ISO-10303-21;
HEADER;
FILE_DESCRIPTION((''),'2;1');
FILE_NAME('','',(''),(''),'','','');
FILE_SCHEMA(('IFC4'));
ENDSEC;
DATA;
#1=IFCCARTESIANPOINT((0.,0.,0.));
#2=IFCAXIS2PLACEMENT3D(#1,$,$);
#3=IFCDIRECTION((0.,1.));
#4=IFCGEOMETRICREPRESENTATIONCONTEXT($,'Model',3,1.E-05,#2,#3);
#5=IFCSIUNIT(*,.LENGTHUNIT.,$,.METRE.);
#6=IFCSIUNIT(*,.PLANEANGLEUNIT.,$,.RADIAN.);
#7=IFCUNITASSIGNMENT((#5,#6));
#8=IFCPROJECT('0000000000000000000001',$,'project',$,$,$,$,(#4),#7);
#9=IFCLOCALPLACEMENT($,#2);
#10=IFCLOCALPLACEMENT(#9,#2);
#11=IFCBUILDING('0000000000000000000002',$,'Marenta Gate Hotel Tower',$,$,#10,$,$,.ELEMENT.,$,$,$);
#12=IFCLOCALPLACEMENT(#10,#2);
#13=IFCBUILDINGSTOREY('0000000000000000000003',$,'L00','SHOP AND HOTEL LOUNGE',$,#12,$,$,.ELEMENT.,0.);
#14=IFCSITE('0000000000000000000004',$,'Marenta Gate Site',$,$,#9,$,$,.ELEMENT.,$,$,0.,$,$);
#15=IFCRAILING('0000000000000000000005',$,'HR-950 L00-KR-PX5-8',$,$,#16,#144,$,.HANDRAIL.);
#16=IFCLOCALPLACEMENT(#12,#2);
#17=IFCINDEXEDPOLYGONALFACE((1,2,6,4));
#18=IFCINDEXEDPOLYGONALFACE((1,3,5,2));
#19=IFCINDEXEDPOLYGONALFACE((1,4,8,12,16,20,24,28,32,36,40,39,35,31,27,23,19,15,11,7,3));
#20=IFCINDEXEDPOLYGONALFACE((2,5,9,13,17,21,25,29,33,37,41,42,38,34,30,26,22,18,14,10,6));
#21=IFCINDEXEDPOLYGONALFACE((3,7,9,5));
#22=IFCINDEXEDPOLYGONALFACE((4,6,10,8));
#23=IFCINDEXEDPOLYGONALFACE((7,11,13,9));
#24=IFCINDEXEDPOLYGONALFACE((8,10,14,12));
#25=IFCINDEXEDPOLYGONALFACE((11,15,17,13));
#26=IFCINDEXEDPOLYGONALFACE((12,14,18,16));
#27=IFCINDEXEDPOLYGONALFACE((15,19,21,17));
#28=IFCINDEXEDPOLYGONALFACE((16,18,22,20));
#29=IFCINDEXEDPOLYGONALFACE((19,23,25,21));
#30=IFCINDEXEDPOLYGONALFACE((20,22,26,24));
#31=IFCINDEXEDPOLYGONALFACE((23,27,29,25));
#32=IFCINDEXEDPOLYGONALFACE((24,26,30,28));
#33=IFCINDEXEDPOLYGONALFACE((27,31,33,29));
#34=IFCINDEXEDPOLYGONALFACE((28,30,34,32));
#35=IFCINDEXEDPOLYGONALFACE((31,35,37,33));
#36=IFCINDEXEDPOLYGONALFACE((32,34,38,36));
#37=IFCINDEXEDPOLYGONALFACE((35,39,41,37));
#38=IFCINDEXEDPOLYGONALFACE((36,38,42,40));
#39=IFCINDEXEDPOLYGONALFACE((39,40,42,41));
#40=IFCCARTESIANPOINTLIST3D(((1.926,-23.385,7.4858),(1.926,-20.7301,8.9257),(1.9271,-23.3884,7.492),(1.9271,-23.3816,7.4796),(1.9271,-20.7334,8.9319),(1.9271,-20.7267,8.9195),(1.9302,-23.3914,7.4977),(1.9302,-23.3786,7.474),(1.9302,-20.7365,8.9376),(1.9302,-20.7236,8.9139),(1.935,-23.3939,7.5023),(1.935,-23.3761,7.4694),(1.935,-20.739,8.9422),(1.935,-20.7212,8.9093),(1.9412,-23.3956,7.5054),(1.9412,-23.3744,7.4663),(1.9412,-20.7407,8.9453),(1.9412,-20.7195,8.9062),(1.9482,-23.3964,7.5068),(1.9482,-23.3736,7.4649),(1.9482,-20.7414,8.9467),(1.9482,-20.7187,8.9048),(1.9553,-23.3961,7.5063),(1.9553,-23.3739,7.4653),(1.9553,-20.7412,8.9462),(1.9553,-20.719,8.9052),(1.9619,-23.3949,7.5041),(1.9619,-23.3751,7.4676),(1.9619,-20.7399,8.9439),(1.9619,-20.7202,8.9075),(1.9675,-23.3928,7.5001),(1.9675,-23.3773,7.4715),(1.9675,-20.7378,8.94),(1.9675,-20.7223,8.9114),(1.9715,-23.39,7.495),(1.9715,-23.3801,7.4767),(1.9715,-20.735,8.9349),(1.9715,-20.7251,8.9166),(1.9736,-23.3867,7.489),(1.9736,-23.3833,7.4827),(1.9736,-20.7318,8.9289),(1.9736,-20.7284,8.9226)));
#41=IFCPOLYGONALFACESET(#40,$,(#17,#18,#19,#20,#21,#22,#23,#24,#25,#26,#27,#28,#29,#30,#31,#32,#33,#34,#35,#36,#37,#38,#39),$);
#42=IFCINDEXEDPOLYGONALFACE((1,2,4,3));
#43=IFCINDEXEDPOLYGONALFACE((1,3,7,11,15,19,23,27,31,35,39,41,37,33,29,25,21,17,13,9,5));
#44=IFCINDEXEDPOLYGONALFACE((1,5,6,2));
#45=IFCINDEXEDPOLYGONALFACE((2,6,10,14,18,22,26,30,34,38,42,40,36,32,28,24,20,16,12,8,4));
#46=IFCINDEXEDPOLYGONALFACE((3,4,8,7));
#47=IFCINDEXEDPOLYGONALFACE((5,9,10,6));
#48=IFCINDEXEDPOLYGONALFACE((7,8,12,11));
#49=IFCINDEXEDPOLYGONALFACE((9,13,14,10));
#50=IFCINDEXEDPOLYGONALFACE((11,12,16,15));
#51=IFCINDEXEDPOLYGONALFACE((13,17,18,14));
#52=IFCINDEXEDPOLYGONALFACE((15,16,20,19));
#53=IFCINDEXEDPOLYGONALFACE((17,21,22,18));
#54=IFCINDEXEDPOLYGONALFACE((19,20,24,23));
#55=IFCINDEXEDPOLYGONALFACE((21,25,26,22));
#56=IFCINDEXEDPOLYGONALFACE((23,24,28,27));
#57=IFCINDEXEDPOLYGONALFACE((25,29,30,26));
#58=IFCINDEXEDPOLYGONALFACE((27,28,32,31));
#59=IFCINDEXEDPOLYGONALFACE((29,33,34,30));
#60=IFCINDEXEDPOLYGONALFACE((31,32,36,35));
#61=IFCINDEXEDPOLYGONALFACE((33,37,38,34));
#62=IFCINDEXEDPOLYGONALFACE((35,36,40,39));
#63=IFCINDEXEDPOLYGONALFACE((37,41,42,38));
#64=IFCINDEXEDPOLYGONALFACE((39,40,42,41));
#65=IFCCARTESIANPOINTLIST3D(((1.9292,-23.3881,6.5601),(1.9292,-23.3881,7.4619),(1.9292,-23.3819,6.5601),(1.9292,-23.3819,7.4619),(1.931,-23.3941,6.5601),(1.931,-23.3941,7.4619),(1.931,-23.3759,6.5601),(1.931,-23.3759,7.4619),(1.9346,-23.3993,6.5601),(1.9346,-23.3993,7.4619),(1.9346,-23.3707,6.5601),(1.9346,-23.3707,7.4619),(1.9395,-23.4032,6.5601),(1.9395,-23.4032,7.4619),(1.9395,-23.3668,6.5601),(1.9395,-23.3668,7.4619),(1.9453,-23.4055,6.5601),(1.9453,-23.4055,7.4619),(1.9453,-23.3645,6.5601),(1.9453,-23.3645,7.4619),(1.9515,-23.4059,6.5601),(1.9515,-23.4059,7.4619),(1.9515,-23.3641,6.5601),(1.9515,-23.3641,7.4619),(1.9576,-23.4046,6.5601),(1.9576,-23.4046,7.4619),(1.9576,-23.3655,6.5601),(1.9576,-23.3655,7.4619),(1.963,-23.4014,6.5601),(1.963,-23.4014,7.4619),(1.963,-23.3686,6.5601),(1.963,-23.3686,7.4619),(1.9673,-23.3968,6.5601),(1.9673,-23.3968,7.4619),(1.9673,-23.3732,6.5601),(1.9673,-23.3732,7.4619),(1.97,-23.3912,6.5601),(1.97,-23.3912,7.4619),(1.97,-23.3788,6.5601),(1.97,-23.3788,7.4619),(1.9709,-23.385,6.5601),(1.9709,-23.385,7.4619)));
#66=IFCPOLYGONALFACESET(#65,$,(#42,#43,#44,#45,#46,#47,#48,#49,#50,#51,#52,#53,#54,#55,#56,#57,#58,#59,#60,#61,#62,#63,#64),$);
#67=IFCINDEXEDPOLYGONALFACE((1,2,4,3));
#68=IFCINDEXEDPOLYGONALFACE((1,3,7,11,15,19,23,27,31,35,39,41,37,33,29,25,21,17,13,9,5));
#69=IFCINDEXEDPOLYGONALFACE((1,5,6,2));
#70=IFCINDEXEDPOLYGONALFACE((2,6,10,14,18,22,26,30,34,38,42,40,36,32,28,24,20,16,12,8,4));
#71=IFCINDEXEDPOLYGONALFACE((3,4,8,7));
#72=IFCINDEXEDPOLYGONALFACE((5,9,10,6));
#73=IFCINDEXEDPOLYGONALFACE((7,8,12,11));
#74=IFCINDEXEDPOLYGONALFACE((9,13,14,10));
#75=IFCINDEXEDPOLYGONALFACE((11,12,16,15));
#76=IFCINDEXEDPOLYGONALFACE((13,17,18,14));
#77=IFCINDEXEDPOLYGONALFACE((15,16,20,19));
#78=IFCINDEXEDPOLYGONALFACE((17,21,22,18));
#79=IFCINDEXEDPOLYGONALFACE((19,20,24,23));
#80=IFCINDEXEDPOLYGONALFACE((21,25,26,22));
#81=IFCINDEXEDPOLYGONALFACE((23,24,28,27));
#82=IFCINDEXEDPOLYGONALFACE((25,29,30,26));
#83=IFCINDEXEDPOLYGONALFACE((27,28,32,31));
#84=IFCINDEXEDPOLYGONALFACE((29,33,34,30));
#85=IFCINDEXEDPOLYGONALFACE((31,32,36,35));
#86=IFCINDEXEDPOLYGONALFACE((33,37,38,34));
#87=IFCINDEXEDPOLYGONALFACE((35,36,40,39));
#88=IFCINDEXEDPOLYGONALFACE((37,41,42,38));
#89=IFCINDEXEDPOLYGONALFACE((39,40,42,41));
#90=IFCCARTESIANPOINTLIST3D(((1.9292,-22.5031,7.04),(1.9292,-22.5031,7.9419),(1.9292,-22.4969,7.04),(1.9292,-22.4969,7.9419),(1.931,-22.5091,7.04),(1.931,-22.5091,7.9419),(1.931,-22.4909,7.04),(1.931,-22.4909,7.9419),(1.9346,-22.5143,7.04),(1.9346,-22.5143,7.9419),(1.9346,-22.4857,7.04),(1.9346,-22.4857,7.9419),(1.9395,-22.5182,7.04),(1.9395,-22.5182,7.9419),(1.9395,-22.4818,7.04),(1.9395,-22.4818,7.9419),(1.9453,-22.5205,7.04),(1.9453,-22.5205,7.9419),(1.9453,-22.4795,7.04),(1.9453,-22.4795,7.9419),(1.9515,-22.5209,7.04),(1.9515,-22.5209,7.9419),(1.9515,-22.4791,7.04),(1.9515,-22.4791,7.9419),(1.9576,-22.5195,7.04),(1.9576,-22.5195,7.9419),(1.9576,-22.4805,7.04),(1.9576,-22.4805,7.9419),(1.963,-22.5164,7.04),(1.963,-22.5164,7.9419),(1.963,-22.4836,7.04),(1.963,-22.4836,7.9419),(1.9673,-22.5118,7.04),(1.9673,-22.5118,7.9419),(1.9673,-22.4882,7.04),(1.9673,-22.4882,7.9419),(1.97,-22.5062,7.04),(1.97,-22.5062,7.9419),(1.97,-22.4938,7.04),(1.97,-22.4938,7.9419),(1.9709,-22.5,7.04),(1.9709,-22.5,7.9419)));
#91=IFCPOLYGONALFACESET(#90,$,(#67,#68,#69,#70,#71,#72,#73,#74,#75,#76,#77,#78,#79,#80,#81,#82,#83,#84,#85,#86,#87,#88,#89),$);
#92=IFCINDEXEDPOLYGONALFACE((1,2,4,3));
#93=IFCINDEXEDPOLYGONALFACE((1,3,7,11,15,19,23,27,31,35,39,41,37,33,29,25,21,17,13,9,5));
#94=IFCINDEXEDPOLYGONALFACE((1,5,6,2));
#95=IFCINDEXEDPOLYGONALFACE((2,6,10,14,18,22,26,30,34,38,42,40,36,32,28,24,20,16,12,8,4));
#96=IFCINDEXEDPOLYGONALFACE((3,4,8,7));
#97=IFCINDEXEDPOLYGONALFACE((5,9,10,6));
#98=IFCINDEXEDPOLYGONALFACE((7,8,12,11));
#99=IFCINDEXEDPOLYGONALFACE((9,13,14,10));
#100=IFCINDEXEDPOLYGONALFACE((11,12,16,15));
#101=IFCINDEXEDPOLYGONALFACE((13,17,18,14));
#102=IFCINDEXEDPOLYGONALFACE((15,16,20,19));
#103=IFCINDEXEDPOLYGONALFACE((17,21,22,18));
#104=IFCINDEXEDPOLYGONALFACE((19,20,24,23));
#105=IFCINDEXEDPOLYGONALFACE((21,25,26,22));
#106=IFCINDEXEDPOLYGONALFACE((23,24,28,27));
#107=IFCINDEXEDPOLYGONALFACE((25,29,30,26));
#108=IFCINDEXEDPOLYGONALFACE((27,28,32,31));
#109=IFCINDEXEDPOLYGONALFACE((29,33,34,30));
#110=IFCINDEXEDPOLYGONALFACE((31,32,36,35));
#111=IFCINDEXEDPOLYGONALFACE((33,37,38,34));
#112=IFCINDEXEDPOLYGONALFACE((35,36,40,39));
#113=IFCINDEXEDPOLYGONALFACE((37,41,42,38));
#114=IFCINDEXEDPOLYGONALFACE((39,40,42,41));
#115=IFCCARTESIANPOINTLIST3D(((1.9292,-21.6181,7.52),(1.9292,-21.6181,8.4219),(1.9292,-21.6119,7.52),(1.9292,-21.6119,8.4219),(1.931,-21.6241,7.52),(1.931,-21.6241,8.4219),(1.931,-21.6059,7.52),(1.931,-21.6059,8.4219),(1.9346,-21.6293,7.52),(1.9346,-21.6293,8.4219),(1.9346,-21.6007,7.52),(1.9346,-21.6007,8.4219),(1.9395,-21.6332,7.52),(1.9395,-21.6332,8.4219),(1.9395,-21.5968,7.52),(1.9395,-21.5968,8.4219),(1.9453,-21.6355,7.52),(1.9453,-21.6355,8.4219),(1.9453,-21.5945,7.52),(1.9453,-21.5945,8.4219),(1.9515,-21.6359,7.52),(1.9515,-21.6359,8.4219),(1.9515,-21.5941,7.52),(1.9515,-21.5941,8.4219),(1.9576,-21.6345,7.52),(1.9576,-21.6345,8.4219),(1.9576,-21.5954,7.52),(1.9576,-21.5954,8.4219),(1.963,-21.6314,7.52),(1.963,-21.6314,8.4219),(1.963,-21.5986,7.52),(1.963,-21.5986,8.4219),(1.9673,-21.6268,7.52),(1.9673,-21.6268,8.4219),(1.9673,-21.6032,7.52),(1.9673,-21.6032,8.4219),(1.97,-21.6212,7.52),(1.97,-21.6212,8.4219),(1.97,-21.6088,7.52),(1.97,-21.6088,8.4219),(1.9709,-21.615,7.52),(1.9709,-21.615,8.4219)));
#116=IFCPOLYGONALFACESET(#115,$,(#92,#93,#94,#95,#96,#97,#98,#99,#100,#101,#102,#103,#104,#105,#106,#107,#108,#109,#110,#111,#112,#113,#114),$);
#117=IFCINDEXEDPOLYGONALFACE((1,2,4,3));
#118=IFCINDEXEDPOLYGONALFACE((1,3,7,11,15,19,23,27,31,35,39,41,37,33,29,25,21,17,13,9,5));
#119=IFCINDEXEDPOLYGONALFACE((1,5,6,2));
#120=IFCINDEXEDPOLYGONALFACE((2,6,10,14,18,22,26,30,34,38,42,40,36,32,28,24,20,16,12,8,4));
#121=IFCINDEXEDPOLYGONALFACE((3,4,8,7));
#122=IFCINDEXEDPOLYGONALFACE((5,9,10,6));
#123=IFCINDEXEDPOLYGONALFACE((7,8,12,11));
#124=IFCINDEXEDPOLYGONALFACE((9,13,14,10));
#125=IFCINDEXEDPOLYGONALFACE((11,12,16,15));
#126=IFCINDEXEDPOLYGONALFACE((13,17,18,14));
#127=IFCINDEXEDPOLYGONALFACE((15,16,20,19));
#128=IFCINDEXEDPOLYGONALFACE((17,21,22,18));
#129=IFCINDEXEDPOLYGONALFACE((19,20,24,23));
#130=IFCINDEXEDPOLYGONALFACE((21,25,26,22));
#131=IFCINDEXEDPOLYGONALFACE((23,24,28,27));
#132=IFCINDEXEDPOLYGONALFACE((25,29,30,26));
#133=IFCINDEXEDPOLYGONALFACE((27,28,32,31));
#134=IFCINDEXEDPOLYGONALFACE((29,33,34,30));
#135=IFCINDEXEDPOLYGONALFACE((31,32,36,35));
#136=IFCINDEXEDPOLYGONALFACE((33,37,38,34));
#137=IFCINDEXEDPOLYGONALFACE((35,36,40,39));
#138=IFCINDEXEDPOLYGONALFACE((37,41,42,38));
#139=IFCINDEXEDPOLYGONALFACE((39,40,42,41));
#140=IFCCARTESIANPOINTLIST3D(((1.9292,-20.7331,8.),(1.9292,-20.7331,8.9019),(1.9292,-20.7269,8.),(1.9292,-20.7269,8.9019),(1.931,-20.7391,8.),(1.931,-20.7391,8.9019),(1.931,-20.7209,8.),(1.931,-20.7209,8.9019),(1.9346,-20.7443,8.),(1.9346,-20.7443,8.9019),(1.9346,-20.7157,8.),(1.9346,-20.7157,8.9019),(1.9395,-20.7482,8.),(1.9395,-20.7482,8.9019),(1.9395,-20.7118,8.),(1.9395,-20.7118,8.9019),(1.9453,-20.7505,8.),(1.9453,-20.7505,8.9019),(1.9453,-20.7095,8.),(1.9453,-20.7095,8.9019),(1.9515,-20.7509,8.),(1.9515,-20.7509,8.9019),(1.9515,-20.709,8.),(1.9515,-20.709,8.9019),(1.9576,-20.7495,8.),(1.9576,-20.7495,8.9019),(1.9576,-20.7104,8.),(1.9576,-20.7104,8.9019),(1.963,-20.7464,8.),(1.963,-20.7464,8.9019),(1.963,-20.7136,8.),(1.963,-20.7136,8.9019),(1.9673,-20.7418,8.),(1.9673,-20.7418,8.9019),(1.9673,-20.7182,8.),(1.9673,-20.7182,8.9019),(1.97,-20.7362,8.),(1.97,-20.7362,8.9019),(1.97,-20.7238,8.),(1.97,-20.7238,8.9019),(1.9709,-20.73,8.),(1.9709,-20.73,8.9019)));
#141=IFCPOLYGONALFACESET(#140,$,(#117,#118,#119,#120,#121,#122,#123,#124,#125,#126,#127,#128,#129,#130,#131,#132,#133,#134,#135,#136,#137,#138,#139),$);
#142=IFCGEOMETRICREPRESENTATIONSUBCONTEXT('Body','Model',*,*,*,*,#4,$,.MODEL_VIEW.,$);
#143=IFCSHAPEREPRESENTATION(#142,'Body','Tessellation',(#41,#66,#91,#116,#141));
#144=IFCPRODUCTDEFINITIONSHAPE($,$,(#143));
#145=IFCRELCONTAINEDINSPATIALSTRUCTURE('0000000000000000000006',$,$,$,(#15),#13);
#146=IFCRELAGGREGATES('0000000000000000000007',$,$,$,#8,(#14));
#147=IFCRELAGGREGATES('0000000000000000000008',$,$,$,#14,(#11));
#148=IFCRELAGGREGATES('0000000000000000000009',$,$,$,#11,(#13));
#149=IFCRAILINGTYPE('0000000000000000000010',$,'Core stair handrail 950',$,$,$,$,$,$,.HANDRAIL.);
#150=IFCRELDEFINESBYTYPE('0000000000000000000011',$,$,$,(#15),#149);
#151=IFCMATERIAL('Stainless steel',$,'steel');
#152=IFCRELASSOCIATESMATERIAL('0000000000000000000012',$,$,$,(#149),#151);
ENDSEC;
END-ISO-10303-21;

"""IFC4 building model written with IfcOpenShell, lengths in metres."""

from ifc_helpers import new_model, si_unit, direction, frame, origin, origin_2d, place, context, subcontext, project, spatial, circle, extrude, material, type_object, element, save


model = new_model("IFC4")

# Units and contexts
model_context = context("Model", 3, precision=1e-05, world=origin(), true_north=direction((0.0, 1.0)))
body_context = subcontext(model_context, "Body", "Model", "MODEL_VIEW")
ifc_project = project(units=[si_unit("LENGTHUNIT", "METRE"), si_unit("PLANEANGLEUNIT", "RADIAN")], contexts=[model_context])

# Site, building, storey
site_placement = place(None, origin())
site = spatial("IfcSite", under=ifc_project, at=site_placement, Name="Marenta Gate Site", CompositionType="ELEMENT", RefElevation=0.0)
building_placement = place(site_placement, origin())
building = spatial("IfcBuilding", under=site, at=building_placement, Name="Marenta Gate Hotel Tower", CompositionType="ELEMENT")
storey_placement = place(building_placement, origin())
storey = spatial("IfcBuildingStorey", under=building, at=storey_placement, Name="L00", Description="SHOP AND HOTEL LOUNGE", CompositionType="ELEMENT", Elevation=0.0)

# Railing
ifc_material_1 = material(Name="Stainless steel", Category="steel")
railing_type_1 = type_object("IfcRailingType", Name="Core stair handrail 950", PredefinedType="HANDRAIL", material=ifc_material_1)
railing_1_placement = place(storey_placement, frame((1.95, -23.385, 6.5601)))
element("IfcRailing", 1, at=railing_1_placement, inside=storey, type_object=railing_type_1, Name="HR-950 L00-KR-PX5-8", PredefinedType="HANDRAIL", context=body_context, shape_type="SweptSolid", body=[
    extrude(circle(Radius=0.0239, at=origin_2d()), frame((0.0, 0.0, 0.9258), z_axis=(0.0, 0.879042, 0.476744), x_axis=(-1.0, 0.0, 0.0)), (0.0, 0.0, 1.0), 3.0203),
    extrude(circle(Radius=0.021, at=origin_2d()), origin(), (0.0, 0.0, 1.0), 0.9019),
    extrude(circle(Radius=0.021, at=origin_2d()), frame((0.0, 0.885, 0.48)), (0.0, 0.0, 1.0), 0.9019),
    extrude(circle(Radius=0.021, at=origin_2d()), frame((0.0, 1.77, 0.96)), (0.0, 0.0, 1.0), 0.9019),
    extrude(circle(Radius=0.021, at=origin_2d()), frame((0.0, 2.655, 1.4399)), (0.0, 0.0, 1.0), 0.9019),
])

save(model, "model.ifc")
